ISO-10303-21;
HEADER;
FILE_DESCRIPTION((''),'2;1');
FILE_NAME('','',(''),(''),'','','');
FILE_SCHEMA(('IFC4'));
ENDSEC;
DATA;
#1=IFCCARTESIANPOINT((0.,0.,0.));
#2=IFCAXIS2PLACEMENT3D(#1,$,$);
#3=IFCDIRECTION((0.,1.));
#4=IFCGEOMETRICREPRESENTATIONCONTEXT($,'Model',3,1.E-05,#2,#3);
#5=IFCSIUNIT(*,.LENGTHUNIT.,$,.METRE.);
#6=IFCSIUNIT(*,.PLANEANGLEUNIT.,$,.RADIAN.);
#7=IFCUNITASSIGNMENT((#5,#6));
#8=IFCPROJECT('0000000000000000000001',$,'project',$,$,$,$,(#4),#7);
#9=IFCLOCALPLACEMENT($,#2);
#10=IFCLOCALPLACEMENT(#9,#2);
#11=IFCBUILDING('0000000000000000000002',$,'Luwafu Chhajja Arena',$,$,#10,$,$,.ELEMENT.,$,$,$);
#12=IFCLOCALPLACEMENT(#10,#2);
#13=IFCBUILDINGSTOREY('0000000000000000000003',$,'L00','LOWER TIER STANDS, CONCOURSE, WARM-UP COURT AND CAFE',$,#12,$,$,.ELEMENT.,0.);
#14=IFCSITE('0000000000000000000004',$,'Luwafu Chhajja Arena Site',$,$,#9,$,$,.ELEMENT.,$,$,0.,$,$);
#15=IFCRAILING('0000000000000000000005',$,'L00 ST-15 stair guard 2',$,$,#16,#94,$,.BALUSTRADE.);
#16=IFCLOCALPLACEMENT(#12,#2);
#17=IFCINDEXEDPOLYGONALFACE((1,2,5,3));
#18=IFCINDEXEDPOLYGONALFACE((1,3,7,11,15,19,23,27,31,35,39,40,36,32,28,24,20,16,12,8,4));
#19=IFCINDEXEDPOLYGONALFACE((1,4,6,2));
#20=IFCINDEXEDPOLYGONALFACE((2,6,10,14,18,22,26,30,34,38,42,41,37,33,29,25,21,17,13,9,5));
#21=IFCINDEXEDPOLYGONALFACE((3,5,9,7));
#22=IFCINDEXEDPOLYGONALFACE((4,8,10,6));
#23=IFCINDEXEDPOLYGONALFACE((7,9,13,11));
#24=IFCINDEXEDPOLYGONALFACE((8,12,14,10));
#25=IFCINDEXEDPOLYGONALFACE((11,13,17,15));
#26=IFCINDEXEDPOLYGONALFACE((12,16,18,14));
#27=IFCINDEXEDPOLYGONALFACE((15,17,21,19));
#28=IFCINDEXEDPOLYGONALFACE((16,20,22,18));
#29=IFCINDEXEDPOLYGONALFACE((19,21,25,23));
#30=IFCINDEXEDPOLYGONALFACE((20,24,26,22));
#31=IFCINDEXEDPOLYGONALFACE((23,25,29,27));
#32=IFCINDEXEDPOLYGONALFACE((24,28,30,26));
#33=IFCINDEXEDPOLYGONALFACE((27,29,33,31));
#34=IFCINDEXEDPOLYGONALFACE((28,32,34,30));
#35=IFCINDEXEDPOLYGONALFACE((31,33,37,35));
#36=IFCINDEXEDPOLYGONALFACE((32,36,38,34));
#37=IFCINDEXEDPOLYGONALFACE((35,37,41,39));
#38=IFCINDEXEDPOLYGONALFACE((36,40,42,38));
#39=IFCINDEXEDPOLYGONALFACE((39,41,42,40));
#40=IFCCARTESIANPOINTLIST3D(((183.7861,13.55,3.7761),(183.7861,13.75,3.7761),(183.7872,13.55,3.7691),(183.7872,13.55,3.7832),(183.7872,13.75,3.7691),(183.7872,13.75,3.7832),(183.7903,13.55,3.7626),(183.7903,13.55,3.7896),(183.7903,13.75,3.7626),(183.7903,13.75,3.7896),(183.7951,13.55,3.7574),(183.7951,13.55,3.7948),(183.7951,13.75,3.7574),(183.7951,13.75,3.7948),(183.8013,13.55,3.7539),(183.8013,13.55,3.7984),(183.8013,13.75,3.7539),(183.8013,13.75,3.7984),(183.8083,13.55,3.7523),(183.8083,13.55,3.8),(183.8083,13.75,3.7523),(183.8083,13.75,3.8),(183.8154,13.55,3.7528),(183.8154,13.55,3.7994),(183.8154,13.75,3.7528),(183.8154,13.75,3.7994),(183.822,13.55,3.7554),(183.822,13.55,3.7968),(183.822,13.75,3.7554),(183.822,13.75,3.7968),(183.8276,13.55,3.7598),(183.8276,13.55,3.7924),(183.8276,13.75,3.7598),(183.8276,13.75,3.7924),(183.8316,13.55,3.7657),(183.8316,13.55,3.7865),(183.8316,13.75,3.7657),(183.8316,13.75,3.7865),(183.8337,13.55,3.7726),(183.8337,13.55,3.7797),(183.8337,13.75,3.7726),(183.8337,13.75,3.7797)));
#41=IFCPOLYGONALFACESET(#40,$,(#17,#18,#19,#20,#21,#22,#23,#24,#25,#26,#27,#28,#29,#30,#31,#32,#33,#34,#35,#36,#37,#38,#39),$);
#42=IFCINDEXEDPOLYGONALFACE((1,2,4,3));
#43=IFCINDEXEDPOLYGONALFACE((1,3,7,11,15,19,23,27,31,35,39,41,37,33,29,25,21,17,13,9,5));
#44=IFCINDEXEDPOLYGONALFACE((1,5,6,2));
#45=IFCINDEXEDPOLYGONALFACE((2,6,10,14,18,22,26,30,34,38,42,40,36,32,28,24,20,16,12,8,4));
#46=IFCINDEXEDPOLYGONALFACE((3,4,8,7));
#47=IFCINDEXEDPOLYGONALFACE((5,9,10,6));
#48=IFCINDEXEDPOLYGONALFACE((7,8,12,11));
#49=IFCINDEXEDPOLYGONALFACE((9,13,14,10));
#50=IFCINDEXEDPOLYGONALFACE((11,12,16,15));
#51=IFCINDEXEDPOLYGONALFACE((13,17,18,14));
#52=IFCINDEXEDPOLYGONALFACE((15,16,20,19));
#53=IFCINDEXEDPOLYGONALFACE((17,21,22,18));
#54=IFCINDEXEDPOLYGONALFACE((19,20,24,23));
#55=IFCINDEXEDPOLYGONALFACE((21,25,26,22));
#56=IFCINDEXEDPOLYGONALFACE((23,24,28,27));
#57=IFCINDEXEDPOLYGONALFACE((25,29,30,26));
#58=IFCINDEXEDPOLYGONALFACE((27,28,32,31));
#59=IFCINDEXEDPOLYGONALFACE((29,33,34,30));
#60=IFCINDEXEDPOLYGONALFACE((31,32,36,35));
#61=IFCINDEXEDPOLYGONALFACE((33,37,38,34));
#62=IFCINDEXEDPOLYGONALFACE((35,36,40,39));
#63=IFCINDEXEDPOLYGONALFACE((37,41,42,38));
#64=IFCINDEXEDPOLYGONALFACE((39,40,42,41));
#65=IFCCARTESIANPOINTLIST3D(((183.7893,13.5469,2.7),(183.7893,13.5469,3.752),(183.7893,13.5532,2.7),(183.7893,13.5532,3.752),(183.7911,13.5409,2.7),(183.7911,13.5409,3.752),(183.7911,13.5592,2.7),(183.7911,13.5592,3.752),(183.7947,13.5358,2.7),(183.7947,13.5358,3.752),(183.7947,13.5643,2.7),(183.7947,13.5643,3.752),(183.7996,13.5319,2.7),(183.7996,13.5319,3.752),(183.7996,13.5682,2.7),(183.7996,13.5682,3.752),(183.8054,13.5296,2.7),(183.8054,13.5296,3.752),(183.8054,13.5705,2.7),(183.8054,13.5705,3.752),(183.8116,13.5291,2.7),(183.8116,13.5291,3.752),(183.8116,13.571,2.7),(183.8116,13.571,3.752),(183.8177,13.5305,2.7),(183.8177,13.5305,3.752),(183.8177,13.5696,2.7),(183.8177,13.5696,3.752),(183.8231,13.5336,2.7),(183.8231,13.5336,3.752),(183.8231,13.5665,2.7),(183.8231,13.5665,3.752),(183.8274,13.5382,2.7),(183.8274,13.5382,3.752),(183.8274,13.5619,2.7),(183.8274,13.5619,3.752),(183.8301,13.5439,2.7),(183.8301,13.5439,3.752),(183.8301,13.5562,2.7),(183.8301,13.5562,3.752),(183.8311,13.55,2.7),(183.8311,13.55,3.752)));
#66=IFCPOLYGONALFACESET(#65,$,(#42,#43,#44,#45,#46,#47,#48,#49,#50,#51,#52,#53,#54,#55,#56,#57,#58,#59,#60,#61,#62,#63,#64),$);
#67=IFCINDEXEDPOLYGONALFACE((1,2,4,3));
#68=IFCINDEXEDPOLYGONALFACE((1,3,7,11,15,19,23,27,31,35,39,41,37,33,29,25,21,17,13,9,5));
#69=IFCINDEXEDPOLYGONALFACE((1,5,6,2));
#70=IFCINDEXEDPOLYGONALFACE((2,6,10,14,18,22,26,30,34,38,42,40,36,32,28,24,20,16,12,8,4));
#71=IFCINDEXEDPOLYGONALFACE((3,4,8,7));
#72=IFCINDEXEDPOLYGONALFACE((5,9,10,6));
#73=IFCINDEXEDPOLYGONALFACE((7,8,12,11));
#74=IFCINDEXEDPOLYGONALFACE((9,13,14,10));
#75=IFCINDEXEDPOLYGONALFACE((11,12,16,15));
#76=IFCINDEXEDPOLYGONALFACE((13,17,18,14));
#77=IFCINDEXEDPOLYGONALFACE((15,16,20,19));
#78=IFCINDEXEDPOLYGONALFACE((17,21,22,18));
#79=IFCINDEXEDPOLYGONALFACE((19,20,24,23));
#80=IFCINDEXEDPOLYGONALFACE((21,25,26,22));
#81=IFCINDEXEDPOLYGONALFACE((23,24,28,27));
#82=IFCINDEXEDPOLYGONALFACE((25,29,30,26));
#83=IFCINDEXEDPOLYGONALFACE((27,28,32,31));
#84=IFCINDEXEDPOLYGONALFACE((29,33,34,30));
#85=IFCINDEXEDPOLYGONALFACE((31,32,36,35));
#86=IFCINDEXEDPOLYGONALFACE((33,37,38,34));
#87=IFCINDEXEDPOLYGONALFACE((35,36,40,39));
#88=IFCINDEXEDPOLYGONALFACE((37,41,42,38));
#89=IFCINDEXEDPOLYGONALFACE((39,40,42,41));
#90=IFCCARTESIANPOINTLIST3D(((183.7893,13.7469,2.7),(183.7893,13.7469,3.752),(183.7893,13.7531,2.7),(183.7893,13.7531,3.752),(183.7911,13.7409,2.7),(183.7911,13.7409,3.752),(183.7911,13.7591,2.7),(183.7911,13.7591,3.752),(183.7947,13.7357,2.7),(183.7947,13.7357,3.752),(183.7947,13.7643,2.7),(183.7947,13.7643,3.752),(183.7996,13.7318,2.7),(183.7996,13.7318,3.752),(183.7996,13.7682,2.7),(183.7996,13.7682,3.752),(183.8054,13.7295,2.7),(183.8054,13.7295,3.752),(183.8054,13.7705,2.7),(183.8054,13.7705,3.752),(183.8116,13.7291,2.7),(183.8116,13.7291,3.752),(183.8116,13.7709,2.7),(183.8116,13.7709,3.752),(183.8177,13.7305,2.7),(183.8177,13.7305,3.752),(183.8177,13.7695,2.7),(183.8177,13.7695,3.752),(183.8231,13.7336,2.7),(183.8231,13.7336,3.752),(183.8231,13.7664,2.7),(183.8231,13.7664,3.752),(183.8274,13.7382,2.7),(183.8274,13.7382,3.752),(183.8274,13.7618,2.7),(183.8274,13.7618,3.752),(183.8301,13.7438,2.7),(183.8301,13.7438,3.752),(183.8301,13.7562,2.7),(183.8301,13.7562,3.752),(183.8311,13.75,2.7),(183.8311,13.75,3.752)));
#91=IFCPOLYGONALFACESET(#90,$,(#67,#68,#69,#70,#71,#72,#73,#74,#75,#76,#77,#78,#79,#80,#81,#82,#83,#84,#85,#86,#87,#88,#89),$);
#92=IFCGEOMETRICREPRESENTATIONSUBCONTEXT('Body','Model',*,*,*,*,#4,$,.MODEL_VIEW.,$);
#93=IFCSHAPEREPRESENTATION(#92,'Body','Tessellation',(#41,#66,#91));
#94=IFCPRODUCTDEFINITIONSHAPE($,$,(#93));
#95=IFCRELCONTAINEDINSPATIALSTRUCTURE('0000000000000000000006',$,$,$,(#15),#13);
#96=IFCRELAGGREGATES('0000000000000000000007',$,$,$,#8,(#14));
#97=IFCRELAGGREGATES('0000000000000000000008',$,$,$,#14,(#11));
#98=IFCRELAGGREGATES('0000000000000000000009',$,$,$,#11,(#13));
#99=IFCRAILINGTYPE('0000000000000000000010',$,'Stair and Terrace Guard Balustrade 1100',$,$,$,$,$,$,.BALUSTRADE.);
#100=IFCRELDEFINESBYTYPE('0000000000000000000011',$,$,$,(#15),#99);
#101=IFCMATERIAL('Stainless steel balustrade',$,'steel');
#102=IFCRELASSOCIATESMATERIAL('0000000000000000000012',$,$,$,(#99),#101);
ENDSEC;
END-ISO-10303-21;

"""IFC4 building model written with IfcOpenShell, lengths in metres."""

from ifc_helpers import new_model, si_unit, direction, frame, origin, origin_2d, place, context, subcontext, project, spatial, circle, extrude, material, type_object, element, save


model = new_model("IFC4")

# Units and contexts
model_context = context("Model", 3, precision=1e-05, world=origin(), true_north=direction((0.0, 1.0)))
body_context = subcontext(model_context, "Body", "Model", "MODEL_VIEW")
ifc_project = project(units=[si_unit("LENGTHUNIT", "METRE"), si_unit("PLANEANGLEUNIT", "RADIAN")], contexts=[model_context])

# Site, building, storey
site_placement = place(None, origin())
site = spatial("IfcSite", under=ifc_project, at=site_placement, Name="Luwafu Chhajja Arena Site", CompositionType="ELEMENT", RefElevation=0.0)
building_placement = place(site_placement, origin())
building = spatial("IfcBuilding", under=site, at=building_placement, Name="Luwafu Chhajja Arena", CompositionType="ELEMENT")
storey_placement = place(building_placement, origin())
storey = spatial("IfcBuildingStorey", under=building, at=storey_placement, Name="L00", Description="LOWER TIER STANDS, CONCOURSE, WARM-UP COURT AND CAFE", CompositionType="ELEMENT", Elevation=0.0)

# Railing
ifc_material_1 = material(Name="Stainless steel balustrade", Category="steel")
railing_type_1 = type_object("IfcRailingType", Name="Stair and Terrace Guard Balustrade 1100", PredefinedType="BALUSTRADE", material=ifc_material_1)
railing_1_placement = place(storey_placement, frame((183.8101, 13.55, 2.7)))
element("IfcRailing", 1, at=railing_1_placement, inside=storey, type_object=railing_type_1, Name="L00 ST-15 stair guard 2", PredefinedType="BALUSTRADE", context=body_context, shape_type="SweptSolid", body=[
    extrude(circle(Radius=0.0239, at=origin_2d()), frame((0.0, 0.0, 1.0762), z_axis=(0.0, 1.0, 0.0), x_axis=(-1.0, 0.0, 0.0)), (0.0, 0.0, 1.0), 0.2),
    extrude(circle(Radius=0.021, at=origin_2d()), origin(), (0.0, 0.0, 1.0), 1.052),
    extrude(circle(Radius=0.021, at=origin_2d()), frame((0.0, 0.2, 0.0)), (0.0, 0.0, 1.0), 1.052),
])

save(model, "model.ifc")
